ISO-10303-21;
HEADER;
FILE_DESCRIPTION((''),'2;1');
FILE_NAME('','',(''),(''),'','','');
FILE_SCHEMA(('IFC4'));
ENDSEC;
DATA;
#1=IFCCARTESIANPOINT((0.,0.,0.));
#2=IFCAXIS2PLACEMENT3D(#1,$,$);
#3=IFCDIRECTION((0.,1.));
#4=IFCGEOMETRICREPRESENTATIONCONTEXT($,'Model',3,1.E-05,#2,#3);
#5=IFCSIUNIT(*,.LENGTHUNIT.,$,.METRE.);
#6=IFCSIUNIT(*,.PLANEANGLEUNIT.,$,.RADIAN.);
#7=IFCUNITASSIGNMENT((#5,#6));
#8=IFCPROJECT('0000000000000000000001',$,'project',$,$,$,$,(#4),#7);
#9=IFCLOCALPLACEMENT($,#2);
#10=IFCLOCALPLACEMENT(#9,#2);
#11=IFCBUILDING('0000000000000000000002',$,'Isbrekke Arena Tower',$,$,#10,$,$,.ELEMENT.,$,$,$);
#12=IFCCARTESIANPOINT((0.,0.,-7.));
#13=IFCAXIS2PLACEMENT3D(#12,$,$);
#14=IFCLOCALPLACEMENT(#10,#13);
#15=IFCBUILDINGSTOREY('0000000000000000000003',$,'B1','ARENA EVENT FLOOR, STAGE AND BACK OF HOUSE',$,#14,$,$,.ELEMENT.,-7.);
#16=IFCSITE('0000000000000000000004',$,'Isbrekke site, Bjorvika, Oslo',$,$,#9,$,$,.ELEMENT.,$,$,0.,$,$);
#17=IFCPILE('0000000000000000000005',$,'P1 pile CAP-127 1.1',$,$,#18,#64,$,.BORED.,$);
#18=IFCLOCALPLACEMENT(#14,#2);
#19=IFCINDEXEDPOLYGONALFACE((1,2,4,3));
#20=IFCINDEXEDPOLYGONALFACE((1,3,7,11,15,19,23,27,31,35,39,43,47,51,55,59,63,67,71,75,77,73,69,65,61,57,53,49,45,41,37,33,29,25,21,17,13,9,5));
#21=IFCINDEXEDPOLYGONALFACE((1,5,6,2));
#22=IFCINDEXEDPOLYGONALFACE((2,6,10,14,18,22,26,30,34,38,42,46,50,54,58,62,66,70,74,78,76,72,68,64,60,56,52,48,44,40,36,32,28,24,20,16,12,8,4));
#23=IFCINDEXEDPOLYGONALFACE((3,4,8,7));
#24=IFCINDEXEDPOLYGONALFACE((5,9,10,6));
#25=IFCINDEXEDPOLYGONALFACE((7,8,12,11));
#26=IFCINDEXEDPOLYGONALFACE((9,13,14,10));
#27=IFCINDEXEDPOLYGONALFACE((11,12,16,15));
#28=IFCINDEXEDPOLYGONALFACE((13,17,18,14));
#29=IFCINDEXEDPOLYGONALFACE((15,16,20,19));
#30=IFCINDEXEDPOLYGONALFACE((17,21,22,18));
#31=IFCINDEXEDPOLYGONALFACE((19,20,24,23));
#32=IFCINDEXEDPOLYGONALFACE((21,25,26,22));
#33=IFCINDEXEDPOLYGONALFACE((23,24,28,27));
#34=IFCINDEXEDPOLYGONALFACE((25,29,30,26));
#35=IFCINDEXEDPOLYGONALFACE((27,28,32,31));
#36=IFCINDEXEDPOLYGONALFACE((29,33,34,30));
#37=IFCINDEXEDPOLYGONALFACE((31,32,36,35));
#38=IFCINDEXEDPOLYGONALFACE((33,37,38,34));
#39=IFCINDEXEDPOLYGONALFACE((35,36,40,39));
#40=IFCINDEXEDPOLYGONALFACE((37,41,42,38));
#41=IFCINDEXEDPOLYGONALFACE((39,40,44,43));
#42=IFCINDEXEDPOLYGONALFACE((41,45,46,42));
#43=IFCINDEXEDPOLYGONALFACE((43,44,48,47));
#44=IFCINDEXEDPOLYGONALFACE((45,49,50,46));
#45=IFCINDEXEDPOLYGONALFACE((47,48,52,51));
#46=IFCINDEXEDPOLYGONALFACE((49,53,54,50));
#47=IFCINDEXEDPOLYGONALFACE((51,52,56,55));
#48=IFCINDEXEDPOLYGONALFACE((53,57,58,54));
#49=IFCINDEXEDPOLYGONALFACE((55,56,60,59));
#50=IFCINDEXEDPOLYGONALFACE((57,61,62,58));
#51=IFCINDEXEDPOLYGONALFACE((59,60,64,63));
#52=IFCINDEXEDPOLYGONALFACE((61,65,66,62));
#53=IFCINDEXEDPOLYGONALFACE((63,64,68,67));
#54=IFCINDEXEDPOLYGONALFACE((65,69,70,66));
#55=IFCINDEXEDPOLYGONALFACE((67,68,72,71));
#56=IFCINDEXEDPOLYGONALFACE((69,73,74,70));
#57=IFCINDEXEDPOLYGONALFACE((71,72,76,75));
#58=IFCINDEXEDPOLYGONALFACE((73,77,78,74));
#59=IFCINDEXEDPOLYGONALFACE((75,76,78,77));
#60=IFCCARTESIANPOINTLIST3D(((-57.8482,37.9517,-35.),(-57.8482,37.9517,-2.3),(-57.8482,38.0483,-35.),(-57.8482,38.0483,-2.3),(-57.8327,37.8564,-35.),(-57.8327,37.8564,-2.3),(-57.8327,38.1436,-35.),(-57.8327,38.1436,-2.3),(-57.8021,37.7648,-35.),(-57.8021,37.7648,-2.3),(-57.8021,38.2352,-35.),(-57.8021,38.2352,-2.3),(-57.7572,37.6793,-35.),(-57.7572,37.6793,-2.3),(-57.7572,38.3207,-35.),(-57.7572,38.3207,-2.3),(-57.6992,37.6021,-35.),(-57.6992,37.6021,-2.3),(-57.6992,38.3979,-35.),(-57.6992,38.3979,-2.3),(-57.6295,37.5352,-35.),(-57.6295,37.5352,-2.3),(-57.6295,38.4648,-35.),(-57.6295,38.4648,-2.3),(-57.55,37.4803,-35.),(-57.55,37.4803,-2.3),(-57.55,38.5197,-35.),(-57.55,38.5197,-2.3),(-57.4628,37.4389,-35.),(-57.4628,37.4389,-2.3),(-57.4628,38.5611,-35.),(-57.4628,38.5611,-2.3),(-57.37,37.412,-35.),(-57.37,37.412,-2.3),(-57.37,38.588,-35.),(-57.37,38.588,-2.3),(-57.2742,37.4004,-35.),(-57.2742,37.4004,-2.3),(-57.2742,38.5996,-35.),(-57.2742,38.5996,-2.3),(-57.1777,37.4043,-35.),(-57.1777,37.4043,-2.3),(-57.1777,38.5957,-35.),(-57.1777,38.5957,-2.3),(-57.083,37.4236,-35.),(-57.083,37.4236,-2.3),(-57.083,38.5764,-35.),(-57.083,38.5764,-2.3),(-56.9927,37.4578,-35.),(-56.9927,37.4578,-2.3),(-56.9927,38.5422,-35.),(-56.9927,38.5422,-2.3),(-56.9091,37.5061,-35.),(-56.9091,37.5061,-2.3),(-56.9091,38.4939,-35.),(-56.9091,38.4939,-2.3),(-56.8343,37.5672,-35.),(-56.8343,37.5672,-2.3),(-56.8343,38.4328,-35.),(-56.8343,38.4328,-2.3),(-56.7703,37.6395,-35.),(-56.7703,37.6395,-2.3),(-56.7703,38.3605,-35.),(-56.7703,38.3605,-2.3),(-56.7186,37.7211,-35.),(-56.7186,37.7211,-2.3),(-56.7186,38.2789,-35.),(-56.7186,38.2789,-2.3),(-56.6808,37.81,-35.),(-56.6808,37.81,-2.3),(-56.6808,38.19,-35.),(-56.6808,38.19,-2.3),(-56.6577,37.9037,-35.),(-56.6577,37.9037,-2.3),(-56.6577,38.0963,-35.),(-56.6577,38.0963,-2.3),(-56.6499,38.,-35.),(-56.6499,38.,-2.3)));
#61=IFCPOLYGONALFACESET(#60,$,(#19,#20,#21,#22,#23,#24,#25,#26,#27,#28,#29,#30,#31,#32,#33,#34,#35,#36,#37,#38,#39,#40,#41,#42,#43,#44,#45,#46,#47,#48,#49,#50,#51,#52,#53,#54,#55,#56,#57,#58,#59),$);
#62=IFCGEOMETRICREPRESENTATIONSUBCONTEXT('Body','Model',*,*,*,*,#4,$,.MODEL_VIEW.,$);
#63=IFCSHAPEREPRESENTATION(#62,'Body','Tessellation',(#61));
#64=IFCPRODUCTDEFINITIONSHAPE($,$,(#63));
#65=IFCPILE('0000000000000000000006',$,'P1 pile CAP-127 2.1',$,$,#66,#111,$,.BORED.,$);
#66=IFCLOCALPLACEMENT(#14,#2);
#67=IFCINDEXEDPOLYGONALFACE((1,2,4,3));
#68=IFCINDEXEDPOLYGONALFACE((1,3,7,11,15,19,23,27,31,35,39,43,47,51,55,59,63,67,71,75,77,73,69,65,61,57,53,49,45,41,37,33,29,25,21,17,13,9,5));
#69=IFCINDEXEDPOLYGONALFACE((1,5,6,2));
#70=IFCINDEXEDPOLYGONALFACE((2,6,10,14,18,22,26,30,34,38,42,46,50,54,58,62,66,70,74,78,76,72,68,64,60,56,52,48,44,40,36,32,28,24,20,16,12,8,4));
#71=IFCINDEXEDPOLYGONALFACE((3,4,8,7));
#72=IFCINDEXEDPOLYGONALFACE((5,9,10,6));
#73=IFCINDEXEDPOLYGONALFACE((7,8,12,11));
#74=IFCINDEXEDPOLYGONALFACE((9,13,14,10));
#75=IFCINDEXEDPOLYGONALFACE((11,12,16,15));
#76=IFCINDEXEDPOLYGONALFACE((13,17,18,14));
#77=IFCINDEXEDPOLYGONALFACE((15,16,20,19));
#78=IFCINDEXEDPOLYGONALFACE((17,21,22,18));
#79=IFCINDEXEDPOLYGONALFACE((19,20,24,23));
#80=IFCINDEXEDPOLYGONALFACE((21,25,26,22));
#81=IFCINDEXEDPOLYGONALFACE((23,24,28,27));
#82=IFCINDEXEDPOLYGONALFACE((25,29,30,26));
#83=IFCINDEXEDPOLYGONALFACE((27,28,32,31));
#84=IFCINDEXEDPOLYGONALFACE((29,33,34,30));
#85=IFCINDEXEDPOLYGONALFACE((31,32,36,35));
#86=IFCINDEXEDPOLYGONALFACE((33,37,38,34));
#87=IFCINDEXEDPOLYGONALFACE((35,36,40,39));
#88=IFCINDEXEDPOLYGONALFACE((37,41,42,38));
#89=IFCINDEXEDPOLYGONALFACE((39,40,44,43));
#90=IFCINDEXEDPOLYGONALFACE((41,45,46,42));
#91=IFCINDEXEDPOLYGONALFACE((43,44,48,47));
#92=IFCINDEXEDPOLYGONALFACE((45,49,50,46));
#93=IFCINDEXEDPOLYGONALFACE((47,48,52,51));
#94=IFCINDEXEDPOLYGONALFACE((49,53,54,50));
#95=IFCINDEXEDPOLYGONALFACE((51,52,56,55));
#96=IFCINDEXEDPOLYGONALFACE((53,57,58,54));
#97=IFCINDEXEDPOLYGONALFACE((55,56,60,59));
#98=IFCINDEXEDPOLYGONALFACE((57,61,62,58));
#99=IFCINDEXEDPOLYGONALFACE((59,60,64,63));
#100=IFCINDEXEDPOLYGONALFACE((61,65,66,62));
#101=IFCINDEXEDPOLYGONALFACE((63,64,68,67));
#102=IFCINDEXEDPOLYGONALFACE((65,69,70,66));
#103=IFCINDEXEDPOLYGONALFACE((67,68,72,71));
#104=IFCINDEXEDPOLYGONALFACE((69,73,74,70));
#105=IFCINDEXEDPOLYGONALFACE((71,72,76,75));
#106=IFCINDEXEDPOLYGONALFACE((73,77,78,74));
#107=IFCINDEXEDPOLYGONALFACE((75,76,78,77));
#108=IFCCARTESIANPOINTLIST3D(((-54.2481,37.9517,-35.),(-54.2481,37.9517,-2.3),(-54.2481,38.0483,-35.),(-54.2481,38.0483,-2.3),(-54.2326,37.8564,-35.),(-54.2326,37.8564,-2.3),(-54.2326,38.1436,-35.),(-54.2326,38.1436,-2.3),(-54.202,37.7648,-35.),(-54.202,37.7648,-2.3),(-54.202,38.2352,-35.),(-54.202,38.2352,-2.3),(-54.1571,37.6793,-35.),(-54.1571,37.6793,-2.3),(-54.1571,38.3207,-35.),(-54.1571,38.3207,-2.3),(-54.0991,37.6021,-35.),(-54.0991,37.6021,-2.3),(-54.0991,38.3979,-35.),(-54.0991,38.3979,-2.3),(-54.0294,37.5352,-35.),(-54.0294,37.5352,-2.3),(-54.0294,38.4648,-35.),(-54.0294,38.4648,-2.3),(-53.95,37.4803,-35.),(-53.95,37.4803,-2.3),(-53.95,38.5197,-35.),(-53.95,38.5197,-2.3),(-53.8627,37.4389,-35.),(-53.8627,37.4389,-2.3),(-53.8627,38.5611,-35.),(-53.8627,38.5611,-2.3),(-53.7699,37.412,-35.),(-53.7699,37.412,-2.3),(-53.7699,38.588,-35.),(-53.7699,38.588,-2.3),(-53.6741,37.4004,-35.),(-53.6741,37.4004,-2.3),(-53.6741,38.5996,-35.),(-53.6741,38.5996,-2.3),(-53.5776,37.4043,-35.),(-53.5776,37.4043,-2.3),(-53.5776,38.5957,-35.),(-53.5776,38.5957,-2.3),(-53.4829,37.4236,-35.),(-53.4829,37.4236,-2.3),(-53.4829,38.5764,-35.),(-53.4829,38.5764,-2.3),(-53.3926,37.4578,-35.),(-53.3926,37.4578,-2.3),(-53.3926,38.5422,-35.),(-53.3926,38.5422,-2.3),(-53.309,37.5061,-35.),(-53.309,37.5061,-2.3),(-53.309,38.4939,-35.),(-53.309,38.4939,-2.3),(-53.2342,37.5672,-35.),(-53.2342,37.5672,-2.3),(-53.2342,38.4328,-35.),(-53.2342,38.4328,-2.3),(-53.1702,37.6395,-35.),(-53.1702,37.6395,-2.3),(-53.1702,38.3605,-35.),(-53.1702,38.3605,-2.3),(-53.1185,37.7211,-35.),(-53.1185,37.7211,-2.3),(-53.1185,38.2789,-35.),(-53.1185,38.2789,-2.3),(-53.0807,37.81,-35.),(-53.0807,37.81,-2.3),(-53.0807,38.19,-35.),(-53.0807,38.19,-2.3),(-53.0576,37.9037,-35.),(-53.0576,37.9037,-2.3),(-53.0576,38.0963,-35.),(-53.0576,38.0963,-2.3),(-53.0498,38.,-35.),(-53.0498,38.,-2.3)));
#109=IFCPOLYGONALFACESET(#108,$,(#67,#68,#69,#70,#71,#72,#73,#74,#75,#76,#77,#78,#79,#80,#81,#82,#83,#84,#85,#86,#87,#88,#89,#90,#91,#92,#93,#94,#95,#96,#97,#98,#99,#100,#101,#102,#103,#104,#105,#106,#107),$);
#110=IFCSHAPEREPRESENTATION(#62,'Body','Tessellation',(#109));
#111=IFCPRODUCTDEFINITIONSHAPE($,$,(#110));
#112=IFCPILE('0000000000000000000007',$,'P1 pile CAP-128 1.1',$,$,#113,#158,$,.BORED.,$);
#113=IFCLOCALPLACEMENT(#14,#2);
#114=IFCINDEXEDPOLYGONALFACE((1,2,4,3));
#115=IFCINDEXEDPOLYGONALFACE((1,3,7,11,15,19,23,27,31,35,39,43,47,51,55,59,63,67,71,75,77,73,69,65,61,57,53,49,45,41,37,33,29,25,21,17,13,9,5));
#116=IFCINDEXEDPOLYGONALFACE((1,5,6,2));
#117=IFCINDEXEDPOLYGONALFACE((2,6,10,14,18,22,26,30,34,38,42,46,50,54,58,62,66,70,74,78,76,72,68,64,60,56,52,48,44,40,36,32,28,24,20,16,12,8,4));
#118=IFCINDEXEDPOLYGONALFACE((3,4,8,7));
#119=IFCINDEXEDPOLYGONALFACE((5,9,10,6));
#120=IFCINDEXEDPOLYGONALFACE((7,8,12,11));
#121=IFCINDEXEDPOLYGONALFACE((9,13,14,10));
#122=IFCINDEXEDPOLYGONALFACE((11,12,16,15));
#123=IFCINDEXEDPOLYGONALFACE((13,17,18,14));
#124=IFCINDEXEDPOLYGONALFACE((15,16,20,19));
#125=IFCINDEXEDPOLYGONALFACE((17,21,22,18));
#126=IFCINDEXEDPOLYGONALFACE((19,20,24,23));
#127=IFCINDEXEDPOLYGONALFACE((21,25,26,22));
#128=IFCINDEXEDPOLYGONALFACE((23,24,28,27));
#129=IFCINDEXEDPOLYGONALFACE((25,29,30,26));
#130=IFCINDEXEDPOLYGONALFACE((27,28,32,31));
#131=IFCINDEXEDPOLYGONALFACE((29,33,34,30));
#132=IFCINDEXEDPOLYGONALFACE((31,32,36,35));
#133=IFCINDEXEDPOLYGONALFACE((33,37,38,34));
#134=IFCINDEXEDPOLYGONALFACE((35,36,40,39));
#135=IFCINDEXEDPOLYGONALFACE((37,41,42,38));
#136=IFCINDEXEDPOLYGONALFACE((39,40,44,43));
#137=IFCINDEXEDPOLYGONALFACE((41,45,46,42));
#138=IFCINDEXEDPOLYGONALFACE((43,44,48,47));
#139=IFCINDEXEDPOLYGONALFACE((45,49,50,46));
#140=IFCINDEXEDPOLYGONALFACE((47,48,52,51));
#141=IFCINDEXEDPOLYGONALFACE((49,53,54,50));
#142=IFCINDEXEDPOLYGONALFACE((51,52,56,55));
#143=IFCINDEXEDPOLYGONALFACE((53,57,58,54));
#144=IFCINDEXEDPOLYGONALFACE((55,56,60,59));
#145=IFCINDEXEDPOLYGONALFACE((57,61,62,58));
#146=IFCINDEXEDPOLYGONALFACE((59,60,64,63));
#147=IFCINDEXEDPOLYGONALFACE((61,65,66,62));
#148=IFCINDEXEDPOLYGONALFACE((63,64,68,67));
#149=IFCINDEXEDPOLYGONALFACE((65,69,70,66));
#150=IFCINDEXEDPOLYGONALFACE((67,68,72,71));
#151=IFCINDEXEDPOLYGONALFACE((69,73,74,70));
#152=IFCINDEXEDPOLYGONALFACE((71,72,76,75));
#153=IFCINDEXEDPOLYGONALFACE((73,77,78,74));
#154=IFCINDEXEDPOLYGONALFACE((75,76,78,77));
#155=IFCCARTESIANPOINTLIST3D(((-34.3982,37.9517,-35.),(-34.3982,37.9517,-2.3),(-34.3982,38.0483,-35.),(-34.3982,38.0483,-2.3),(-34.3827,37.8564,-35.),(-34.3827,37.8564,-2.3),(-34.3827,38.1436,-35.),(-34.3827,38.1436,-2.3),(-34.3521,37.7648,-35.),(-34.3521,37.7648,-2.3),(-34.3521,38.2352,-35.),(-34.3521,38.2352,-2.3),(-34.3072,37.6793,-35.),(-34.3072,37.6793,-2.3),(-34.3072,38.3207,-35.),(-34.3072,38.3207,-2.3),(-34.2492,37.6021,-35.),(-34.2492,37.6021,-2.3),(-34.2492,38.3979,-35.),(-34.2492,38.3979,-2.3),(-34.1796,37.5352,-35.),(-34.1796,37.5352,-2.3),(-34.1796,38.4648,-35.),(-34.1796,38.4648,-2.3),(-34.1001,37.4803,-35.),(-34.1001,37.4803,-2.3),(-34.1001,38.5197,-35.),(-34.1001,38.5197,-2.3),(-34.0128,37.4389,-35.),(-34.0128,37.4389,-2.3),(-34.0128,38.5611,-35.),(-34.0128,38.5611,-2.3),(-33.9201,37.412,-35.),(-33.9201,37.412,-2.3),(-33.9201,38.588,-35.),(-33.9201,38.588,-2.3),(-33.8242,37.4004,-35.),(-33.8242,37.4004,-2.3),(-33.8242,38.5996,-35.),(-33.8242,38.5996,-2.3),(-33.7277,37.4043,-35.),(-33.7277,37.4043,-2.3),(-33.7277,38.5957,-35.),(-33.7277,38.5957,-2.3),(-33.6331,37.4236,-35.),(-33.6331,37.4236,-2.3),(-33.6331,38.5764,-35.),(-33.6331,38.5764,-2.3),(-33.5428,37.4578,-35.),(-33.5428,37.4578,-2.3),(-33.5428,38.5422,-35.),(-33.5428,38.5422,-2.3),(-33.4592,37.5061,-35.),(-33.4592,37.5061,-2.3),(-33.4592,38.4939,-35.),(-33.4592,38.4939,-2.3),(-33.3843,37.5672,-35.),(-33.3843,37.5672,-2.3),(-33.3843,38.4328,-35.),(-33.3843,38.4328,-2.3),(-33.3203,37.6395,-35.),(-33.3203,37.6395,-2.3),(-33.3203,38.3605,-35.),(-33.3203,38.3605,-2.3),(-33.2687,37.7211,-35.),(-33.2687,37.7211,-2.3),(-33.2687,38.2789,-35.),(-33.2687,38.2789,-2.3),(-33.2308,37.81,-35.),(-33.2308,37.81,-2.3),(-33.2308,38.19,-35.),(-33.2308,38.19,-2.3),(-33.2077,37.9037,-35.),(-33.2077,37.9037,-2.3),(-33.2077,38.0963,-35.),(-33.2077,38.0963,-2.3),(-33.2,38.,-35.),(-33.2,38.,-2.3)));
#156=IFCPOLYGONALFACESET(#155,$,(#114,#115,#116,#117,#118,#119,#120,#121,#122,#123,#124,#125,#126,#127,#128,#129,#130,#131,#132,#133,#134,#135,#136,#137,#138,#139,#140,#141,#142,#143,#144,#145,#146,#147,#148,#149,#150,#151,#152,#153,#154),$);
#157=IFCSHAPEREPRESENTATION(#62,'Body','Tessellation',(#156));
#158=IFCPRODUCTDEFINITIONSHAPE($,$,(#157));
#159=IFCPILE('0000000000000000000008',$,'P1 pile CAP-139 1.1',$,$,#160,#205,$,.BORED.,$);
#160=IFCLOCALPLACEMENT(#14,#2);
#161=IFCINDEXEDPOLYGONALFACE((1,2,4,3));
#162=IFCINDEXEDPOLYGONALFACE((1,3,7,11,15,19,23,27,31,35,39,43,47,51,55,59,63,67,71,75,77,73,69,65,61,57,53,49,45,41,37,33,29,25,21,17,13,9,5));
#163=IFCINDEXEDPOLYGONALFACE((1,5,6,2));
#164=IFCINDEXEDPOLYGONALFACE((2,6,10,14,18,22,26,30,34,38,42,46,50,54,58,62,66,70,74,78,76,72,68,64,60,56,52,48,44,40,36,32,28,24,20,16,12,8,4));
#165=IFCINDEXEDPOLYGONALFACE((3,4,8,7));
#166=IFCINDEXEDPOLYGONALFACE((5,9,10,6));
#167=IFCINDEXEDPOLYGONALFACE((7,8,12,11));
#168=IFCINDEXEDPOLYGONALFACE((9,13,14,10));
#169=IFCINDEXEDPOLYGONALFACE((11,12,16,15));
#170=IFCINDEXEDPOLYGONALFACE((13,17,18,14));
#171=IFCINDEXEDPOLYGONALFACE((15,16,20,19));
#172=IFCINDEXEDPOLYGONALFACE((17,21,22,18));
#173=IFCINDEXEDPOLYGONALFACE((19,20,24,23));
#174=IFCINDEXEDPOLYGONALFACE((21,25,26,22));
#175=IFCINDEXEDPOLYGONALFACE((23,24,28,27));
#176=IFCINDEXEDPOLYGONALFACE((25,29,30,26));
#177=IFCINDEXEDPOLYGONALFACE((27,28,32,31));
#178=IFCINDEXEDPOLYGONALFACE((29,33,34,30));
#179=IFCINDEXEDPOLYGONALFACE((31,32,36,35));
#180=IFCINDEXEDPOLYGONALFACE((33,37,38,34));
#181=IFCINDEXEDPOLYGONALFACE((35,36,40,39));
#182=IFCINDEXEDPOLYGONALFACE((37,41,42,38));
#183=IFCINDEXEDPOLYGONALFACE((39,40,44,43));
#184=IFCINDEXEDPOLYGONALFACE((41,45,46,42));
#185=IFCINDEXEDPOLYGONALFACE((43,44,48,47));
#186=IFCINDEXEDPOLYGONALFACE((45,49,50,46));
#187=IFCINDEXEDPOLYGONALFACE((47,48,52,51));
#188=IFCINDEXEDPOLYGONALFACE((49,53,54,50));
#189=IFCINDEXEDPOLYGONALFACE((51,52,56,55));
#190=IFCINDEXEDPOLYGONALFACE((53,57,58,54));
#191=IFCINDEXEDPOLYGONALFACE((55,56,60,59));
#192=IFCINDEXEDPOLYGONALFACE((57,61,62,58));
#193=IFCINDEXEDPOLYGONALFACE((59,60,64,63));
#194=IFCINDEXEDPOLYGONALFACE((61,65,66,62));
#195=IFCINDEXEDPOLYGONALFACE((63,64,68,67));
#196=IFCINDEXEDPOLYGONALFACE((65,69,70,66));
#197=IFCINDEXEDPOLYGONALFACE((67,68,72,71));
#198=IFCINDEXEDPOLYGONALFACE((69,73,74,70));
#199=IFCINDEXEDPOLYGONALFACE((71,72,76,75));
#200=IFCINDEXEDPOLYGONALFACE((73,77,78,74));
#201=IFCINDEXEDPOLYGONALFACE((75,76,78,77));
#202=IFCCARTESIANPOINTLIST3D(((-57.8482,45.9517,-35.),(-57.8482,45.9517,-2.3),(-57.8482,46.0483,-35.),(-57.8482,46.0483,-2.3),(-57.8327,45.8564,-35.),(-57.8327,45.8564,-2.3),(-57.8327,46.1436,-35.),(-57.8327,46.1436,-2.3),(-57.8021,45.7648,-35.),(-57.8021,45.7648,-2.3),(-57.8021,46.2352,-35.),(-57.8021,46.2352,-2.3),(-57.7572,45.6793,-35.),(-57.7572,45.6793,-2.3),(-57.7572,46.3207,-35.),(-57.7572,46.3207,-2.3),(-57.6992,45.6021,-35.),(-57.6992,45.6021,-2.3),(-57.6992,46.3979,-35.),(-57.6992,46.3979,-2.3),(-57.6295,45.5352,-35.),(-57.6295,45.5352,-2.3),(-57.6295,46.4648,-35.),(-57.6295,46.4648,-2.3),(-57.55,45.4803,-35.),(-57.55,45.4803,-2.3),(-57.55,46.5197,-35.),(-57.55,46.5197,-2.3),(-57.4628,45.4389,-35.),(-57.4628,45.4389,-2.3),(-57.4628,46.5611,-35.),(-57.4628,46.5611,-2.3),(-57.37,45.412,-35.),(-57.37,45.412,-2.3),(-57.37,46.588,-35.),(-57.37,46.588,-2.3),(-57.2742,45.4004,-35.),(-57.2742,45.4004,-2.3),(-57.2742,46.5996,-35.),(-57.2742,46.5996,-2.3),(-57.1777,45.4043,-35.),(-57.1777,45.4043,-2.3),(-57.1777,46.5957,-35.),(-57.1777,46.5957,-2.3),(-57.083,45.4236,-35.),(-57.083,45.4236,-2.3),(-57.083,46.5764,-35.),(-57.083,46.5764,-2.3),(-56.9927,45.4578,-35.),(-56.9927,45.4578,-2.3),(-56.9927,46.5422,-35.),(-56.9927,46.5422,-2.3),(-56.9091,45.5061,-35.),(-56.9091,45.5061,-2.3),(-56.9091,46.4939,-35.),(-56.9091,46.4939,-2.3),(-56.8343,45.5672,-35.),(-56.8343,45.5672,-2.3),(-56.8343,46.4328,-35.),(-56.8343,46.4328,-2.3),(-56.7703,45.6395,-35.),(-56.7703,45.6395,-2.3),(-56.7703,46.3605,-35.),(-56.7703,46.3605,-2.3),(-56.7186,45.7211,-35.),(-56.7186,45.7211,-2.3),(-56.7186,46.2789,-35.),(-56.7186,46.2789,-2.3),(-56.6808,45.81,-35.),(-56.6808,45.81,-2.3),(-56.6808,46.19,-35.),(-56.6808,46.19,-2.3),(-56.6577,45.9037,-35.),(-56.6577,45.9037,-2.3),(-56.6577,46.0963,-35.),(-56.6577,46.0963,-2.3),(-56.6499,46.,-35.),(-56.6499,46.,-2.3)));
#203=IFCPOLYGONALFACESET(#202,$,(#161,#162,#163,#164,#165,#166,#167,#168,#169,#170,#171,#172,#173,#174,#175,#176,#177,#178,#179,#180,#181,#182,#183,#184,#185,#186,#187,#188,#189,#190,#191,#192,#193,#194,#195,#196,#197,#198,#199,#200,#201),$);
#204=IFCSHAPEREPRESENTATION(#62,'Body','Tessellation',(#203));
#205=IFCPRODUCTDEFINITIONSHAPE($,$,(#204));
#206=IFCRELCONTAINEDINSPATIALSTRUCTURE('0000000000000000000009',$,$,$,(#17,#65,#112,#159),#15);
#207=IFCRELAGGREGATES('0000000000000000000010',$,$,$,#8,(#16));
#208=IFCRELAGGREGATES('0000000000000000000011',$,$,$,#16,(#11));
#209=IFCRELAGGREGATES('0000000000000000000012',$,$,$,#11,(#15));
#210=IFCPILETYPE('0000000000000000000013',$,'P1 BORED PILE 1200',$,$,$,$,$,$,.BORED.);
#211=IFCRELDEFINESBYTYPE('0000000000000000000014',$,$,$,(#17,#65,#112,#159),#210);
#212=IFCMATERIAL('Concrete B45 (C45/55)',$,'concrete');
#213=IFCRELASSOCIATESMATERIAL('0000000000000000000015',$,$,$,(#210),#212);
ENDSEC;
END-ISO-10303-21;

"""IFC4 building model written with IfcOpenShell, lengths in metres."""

from ifc_helpers import new_model, si_unit, direction, frame, origin, origin_2d, place, context, subcontext, project, spatial, circle, extrude, material, material_profile, profile_set, type_object, element, save


model = new_model("IFC4")

# Units and contexts
model_context = context("Model", 3, precision=1e-05, world=origin(), true_north=direction((0.0, 1.0)))
body_context = subcontext(model_context, "Body", "Model", "MODEL_VIEW")
ifc_project = project(units=[si_unit("LENGTHUNIT", "METRE"), si_unit("PLANEANGLEUNIT", "RADIAN")], contexts=[model_context])

# Site, building, storey
site_placement = place(None, origin())
site = spatial("IfcSite", under=ifc_project, at=site_placement, Name="Isbrekke site, Bjorvika, Oslo", CompositionType="ELEMENT", RefElevation=0.0)
building_placement = place(site_placement, origin())
building = spatial("IfcBuilding", under=site, at=building_placement, Name="Isbrekke Arena Tower", CompositionType="ELEMENT")
storey_placement = place(building_placement, frame((0.0, 0.0, -7.0)))
storey = spatial("IfcBuildingStorey", under=building, at=storey_placement, Name="B1", Description="ARENA EVENT FLOOR, STAGE AND BACK OF HOUSE", CompositionType="ELEMENT", Elevation=-7.0)

# Piles
ifc_material_1 = material(Name="Concrete B45 (C45/55)", Category="concrete")
ifc_material_profile_1 = material_profile(ifc_material_1, circle(Radius=0.6001, at=origin_2d()), Name="BORED PILE D1200")
ifc_profile_set_1 = profile_set([ifc_material_profile_1], Name="Concrete B45 (C45/55)")
pile_type = type_object("IfcPileType", Name="P1 BORED PILE 1200", PredefinedType="BORED", material=ifc_profile_set_1)
for number, where, z_axis, x_axis, name in (
    (1, (-57.25, 38.0, -2.3), (0.0, 0.0, -1.0), (1.0, 0.0, 0.0), "P1 pile CAP-127 1.1"),
    (2, (-53.6499, 38.0, -2.3), (0.0, 0.0, -1.0), (1.0, 0.0, 0.0), "P1 pile CAP-127 2.1"),
    (3, (-33.8, 38.0, -2.3), (0.0, 0.0, -1.0), (1.0, 0.0, 0.0), "P1 pile CAP-128 1.1"),
    (4, (-57.25, 46.0, -2.3), (0.0, 0.0, -1.0), (1.0, 0.0, 0.0), "P1 pile CAP-139 1.1"),
):
    element("IfcPile", number, at=place(storey_placement, frame(where, z_axis=z_axis, x_axis=x_axis)), inside=storey, type_object=pile_type, Name=name, PredefinedType="BORED", context=body_context, shape_type="SweptSolid", body=[
        extrude(circle(Radius=0.6001, at=origin_2d()), origin(), (0.0, 0.0, 1.0), 32.7),
    ])

save(model, "model.ifc")
